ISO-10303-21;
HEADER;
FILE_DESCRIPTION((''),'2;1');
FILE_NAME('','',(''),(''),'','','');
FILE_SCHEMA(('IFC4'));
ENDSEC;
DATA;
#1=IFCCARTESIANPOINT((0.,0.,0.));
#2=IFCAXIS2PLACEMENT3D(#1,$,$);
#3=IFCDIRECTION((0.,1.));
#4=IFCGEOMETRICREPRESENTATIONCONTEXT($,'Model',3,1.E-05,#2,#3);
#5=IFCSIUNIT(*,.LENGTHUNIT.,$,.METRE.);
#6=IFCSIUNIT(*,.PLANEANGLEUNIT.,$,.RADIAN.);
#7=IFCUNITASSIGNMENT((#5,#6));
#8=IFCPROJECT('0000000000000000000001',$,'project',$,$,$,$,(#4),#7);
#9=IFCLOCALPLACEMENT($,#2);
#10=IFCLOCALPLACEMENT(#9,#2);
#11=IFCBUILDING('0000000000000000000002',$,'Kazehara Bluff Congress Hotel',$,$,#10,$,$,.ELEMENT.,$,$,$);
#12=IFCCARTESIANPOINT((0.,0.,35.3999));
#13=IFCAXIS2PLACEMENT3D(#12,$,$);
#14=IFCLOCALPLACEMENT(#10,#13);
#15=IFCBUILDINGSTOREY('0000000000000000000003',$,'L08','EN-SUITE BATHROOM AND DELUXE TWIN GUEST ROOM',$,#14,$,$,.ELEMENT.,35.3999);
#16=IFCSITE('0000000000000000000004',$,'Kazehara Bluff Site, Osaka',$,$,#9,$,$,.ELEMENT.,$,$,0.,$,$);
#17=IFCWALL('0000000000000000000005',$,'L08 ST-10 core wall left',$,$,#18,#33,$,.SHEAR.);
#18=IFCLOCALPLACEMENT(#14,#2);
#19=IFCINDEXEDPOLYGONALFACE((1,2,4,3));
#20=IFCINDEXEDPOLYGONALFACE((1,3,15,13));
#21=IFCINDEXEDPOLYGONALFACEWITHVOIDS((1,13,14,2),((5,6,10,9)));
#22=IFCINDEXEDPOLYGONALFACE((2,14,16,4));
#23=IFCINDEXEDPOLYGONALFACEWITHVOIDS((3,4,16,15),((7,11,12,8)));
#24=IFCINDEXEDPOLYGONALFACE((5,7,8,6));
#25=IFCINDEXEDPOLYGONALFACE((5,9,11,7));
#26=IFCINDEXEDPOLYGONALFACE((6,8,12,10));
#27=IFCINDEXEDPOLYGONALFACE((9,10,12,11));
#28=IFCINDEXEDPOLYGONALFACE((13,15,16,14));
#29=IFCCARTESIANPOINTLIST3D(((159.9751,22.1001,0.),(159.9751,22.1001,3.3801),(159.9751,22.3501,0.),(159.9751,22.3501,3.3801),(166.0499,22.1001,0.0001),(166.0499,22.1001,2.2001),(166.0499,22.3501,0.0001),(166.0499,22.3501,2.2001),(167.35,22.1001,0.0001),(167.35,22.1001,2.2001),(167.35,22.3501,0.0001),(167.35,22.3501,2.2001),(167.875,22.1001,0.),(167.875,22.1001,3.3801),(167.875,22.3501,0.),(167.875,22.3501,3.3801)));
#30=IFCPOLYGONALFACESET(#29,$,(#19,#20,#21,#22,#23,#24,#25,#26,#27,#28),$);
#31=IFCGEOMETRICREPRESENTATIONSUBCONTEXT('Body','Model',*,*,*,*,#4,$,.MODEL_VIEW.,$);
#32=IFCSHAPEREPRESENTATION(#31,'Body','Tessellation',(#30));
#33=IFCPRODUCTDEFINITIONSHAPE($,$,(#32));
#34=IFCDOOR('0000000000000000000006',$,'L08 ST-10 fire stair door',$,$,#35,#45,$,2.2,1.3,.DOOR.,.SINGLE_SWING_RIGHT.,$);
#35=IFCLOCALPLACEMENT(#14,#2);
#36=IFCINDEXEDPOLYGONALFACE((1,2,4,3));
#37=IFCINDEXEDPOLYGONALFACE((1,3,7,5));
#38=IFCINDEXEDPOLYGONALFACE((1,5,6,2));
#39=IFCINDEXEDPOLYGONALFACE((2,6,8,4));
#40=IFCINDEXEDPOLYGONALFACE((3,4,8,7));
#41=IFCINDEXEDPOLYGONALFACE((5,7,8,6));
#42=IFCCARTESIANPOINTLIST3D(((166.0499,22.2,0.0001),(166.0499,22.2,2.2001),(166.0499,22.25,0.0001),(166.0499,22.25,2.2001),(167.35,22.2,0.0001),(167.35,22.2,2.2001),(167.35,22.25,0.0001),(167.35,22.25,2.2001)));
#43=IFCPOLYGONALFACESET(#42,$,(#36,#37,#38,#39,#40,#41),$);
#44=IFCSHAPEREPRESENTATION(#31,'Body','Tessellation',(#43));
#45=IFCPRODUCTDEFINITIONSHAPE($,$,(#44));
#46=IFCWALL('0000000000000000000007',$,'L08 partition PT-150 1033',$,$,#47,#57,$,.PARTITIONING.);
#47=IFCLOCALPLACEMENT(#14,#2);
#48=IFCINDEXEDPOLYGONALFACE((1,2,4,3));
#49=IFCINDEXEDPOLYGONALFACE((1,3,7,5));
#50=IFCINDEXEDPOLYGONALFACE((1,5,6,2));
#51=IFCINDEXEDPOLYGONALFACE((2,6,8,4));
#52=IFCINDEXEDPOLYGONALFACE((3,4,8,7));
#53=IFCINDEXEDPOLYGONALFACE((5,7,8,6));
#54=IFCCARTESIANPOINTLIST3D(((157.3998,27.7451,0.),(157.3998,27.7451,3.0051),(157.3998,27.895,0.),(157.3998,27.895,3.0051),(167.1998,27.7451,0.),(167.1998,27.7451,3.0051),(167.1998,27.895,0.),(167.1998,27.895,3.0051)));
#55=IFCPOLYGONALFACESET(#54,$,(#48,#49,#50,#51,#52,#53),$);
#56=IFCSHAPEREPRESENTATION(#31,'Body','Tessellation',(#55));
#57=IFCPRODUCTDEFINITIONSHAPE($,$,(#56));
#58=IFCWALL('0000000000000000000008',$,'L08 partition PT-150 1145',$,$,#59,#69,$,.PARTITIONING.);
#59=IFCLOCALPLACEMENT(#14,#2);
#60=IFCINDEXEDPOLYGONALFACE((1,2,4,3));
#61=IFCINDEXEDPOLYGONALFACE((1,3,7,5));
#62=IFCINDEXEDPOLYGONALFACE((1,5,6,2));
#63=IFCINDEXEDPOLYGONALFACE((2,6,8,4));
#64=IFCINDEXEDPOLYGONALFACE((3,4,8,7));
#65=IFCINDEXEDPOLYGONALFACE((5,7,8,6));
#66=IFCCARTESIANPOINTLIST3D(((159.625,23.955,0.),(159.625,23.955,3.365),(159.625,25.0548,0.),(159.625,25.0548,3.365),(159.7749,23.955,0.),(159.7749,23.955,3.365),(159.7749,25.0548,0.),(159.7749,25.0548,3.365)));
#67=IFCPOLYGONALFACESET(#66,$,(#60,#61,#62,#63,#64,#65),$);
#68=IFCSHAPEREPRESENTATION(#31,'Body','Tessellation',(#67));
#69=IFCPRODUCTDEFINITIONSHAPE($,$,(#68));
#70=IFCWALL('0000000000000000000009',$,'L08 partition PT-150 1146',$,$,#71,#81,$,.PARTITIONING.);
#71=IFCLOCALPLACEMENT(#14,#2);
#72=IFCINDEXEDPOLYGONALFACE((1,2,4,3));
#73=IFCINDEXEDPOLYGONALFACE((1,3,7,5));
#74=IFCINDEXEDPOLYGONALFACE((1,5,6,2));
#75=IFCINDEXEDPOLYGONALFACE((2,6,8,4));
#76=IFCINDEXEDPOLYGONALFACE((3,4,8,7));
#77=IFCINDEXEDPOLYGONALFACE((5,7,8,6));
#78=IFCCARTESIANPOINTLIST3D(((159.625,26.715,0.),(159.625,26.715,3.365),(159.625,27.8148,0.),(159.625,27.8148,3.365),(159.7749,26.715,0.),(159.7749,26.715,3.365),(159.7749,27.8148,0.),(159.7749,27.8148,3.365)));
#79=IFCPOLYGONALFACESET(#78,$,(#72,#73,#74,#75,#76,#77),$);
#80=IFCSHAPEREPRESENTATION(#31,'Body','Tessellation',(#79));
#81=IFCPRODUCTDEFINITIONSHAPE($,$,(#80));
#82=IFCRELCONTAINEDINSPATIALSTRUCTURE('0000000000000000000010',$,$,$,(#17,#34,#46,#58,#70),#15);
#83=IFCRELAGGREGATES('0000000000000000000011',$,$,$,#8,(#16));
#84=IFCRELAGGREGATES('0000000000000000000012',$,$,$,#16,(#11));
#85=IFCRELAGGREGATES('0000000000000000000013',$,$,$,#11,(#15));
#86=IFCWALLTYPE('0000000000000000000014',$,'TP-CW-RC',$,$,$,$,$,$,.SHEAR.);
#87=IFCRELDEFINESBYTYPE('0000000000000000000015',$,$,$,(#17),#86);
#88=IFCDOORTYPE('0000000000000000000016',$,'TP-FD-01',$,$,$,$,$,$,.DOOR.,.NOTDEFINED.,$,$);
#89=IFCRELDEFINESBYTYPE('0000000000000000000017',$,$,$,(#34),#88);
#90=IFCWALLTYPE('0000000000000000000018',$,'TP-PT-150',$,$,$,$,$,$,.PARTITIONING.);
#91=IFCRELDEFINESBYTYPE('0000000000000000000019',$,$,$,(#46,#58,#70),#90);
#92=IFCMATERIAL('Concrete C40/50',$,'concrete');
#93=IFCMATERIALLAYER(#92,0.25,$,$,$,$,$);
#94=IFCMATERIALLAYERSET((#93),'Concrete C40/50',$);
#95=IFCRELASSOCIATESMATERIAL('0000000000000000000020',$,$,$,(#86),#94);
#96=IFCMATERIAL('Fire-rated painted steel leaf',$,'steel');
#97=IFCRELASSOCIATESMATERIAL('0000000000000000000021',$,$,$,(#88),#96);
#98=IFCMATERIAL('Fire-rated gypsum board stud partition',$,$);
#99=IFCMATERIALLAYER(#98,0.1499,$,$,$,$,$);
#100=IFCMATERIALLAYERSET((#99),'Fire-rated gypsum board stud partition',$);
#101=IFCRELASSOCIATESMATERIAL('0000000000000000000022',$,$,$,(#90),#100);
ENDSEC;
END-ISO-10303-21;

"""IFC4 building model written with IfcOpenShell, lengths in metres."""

from ifc_helpers import new_model, si_unit, direction, frame, frame_2d, origin, place, context, subcontext, project, spatial, rectangle, extrude, material, layer, layer_set, type_object, element, fill, save


model = new_model("IFC4")

# Units and contexts
model_context = context("Model", 3, precision=1e-05, world=origin(), true_north=direction((0.0, 1.0)))
body_context = subcontext(model_context, "Body", "Model", "MODEL_VIEW")
ifc_project = project(units=[si_unit("LENGTHUNIT", "METRE"), si_unit("PLANEANGLEUNIT", "RADIAN")], contexts=[model_context])

# Site, building, storey
site_placement = place(None, origin())
site = spatial("IfcSite", under=ifc_project, at=site_placement, Name="Kazehara Bluff Site, Osaka", CompositionType="ELEMENT", RefElevation=0.0)
building_placement = place(site_placement, origin())
building = spatial("IfcBuilding", under=site, at=building_placement, Name="Kazehara Bluff Congress Hotel", CompositionType="ELEMENT")
storey_placement = place(building_placement, frame((0.0, 0.0, 35.3999)))
storey = spatial("IfcBuildingStorey", under=building, at=storey_placement, Name="L08", Description="EN-SUITE BATHROOM AND DELUXE TWIN GUEST ROOM", CompositionType="ELEMENT", Elevation=35.3999)

# Wall, opening, door
ifc_material_1 = material(Name="Concrete C40/50", Category="concrete")
ifc_layer_1 = layer(ifc_material_1, 0.25)
ifc_layer_set_1 = layer_set([ifc_layer_1], Name="Concrete C40/50")
wall_type_1 = type_object("IfcWallType", Name="TP-CW-RC", PredefinedType="SHEAR", material=ifc_layer_set_1)
wall_1_placement = place(storey_placement, frame((159.9751, 22.2251, 0.0), z_axis=(0.0, 0.0, 1.0), x_axis=(1.0, 0.0, 0.0)))
wall_1 = element("IfcWall", 1, at=wall_1_placement, inside=storey, type_object=wall_type_1, Name="L08 ST-10 core wall left", PredefinedType="SHEAR", context=body_context, shape_type="SweptSolid", body=[
    extrude(rectangle(XDim=7.8999, YDim=0.25, at=frame_2d((3.95, 0.0))), origin(), (0.0, 0.0, 1.0), 3.3801),
])
opening_1_placement = place(wall_1_placement, frame((6.075, 0.0, 0.0)))
opening_1 = element("IfcOpeningElement", 2, at=opening_1_placement, cuts=wall_1, PredefinedType="OPENING", context=body_context, shape_type="SweptSolid", body=[
    extrude(rectangle(XDim=1.3, YDim=2.2, at=frame_2d((0.6499, 1.1001))), frame((0.0, 0.135, 0.0), z_axis=(0.0, -1.0, 0.0), x_axis=(1.0, 0.0, 0.0)), (0.0, 0.0, 1.0), 0.27),
])
ifc_material_2 = material(Name="Fire-rated painted steel leaf", Category="steel")
door_type_1 = type_object("IfcDoorType", Name="TP-FD-01", OperationType="NOTDEFINED", PredefinedType="DOOR", material=ifc_material_2)
door_1_placement = place(opening_1_placement, origin())
door_1 = element("IfcDoor", 3, at=door_1_placement, inside=storey, type_object=door_type_1, Name="L08 ST-10 fire stair door", OperationType="SINGLE_SWING_RIGHT", OverallHeight=2.2, OverallWidth=1.3, PredefinedType="DOOR", context=body_context, shape_type="SweptSolid", body=[
    extrude(rectangle(XDim=1.3, YDim=2.2, at=frame_2d((0.6499, 1.1001))), frame((0.0, 0.0249, 0.0), z_axis=(0.0, -1.0, 0.0), x_axis=(1.0, 0.0, 0.0)), (0.0, 0.0, 1.0), 0.05),
])
fill(opening_1, door_1)
ifc_material_3 = material(Name="Fire-rated gypsum board stud partition")
ifc_layer_2 = layer(ifc_material_3, 0.1499)
ifc_layer_set_2 = layer_set([ifc_layer_2], Name="Fire-rated gypsum board stud partition")
wall_type_2 = type_object("IfcWallType", Name="TP-PT-150", PredefinedType="PARTITIONING", material=ifc_layer_set_2)

# Walls
wall_2_placement = place(storey_placement, frame((157.3999, 27.8201, 0.0), z_axis=(0.0, 0.0, 1.0), x_axis=(1.0, 0.0, 0.0)))
element("IfcWall", 4, at=wall_2_placement, inside=storey, type_object=wall_type_2, Name="L08 partition PT-150 1033", PredefinedType="PARTITIONING", context=body_context, shape_type="SweptSolid", body=[
    extrude(rectangle(XDim=9.8, YDim=0.1499, at=frame_2d((4.8999, 0.0))), origin(), (0.0, 0.0, 1.0), 3.0051),
])
for number, where, z_axis, x_axis, name in (
    (5, (159.7, 23.9551, 0.0), (0.0, 0.0, 1.0), (0.0, 1.0, 0.0), "L08 partition PT-150 1145"),
    (6, (159.7, 26.7151, 0.0), (0.0, 0.0, 1.0), (0.0, 1.0, 0.0), "L08 partition PT-150 1146"),
):
    element("IfcWall", number, at=place(storey_placement, frame(where, z_axis=z_axis, x_axis=x_axis)), inside=storey, type_object=wall_type_2, Name=name, PredefinedType="PARTITIONING", context=body_context, shape_type="SweptSolid", body=[
        extrude(rectangle(XDim=1.0999, YDim=0.1499, at=frame_2d((0.5498, 0.0))), origin(), (0.0, 0.0, 1.0), 3.365),
    ])

save(model, "model.ifc")
